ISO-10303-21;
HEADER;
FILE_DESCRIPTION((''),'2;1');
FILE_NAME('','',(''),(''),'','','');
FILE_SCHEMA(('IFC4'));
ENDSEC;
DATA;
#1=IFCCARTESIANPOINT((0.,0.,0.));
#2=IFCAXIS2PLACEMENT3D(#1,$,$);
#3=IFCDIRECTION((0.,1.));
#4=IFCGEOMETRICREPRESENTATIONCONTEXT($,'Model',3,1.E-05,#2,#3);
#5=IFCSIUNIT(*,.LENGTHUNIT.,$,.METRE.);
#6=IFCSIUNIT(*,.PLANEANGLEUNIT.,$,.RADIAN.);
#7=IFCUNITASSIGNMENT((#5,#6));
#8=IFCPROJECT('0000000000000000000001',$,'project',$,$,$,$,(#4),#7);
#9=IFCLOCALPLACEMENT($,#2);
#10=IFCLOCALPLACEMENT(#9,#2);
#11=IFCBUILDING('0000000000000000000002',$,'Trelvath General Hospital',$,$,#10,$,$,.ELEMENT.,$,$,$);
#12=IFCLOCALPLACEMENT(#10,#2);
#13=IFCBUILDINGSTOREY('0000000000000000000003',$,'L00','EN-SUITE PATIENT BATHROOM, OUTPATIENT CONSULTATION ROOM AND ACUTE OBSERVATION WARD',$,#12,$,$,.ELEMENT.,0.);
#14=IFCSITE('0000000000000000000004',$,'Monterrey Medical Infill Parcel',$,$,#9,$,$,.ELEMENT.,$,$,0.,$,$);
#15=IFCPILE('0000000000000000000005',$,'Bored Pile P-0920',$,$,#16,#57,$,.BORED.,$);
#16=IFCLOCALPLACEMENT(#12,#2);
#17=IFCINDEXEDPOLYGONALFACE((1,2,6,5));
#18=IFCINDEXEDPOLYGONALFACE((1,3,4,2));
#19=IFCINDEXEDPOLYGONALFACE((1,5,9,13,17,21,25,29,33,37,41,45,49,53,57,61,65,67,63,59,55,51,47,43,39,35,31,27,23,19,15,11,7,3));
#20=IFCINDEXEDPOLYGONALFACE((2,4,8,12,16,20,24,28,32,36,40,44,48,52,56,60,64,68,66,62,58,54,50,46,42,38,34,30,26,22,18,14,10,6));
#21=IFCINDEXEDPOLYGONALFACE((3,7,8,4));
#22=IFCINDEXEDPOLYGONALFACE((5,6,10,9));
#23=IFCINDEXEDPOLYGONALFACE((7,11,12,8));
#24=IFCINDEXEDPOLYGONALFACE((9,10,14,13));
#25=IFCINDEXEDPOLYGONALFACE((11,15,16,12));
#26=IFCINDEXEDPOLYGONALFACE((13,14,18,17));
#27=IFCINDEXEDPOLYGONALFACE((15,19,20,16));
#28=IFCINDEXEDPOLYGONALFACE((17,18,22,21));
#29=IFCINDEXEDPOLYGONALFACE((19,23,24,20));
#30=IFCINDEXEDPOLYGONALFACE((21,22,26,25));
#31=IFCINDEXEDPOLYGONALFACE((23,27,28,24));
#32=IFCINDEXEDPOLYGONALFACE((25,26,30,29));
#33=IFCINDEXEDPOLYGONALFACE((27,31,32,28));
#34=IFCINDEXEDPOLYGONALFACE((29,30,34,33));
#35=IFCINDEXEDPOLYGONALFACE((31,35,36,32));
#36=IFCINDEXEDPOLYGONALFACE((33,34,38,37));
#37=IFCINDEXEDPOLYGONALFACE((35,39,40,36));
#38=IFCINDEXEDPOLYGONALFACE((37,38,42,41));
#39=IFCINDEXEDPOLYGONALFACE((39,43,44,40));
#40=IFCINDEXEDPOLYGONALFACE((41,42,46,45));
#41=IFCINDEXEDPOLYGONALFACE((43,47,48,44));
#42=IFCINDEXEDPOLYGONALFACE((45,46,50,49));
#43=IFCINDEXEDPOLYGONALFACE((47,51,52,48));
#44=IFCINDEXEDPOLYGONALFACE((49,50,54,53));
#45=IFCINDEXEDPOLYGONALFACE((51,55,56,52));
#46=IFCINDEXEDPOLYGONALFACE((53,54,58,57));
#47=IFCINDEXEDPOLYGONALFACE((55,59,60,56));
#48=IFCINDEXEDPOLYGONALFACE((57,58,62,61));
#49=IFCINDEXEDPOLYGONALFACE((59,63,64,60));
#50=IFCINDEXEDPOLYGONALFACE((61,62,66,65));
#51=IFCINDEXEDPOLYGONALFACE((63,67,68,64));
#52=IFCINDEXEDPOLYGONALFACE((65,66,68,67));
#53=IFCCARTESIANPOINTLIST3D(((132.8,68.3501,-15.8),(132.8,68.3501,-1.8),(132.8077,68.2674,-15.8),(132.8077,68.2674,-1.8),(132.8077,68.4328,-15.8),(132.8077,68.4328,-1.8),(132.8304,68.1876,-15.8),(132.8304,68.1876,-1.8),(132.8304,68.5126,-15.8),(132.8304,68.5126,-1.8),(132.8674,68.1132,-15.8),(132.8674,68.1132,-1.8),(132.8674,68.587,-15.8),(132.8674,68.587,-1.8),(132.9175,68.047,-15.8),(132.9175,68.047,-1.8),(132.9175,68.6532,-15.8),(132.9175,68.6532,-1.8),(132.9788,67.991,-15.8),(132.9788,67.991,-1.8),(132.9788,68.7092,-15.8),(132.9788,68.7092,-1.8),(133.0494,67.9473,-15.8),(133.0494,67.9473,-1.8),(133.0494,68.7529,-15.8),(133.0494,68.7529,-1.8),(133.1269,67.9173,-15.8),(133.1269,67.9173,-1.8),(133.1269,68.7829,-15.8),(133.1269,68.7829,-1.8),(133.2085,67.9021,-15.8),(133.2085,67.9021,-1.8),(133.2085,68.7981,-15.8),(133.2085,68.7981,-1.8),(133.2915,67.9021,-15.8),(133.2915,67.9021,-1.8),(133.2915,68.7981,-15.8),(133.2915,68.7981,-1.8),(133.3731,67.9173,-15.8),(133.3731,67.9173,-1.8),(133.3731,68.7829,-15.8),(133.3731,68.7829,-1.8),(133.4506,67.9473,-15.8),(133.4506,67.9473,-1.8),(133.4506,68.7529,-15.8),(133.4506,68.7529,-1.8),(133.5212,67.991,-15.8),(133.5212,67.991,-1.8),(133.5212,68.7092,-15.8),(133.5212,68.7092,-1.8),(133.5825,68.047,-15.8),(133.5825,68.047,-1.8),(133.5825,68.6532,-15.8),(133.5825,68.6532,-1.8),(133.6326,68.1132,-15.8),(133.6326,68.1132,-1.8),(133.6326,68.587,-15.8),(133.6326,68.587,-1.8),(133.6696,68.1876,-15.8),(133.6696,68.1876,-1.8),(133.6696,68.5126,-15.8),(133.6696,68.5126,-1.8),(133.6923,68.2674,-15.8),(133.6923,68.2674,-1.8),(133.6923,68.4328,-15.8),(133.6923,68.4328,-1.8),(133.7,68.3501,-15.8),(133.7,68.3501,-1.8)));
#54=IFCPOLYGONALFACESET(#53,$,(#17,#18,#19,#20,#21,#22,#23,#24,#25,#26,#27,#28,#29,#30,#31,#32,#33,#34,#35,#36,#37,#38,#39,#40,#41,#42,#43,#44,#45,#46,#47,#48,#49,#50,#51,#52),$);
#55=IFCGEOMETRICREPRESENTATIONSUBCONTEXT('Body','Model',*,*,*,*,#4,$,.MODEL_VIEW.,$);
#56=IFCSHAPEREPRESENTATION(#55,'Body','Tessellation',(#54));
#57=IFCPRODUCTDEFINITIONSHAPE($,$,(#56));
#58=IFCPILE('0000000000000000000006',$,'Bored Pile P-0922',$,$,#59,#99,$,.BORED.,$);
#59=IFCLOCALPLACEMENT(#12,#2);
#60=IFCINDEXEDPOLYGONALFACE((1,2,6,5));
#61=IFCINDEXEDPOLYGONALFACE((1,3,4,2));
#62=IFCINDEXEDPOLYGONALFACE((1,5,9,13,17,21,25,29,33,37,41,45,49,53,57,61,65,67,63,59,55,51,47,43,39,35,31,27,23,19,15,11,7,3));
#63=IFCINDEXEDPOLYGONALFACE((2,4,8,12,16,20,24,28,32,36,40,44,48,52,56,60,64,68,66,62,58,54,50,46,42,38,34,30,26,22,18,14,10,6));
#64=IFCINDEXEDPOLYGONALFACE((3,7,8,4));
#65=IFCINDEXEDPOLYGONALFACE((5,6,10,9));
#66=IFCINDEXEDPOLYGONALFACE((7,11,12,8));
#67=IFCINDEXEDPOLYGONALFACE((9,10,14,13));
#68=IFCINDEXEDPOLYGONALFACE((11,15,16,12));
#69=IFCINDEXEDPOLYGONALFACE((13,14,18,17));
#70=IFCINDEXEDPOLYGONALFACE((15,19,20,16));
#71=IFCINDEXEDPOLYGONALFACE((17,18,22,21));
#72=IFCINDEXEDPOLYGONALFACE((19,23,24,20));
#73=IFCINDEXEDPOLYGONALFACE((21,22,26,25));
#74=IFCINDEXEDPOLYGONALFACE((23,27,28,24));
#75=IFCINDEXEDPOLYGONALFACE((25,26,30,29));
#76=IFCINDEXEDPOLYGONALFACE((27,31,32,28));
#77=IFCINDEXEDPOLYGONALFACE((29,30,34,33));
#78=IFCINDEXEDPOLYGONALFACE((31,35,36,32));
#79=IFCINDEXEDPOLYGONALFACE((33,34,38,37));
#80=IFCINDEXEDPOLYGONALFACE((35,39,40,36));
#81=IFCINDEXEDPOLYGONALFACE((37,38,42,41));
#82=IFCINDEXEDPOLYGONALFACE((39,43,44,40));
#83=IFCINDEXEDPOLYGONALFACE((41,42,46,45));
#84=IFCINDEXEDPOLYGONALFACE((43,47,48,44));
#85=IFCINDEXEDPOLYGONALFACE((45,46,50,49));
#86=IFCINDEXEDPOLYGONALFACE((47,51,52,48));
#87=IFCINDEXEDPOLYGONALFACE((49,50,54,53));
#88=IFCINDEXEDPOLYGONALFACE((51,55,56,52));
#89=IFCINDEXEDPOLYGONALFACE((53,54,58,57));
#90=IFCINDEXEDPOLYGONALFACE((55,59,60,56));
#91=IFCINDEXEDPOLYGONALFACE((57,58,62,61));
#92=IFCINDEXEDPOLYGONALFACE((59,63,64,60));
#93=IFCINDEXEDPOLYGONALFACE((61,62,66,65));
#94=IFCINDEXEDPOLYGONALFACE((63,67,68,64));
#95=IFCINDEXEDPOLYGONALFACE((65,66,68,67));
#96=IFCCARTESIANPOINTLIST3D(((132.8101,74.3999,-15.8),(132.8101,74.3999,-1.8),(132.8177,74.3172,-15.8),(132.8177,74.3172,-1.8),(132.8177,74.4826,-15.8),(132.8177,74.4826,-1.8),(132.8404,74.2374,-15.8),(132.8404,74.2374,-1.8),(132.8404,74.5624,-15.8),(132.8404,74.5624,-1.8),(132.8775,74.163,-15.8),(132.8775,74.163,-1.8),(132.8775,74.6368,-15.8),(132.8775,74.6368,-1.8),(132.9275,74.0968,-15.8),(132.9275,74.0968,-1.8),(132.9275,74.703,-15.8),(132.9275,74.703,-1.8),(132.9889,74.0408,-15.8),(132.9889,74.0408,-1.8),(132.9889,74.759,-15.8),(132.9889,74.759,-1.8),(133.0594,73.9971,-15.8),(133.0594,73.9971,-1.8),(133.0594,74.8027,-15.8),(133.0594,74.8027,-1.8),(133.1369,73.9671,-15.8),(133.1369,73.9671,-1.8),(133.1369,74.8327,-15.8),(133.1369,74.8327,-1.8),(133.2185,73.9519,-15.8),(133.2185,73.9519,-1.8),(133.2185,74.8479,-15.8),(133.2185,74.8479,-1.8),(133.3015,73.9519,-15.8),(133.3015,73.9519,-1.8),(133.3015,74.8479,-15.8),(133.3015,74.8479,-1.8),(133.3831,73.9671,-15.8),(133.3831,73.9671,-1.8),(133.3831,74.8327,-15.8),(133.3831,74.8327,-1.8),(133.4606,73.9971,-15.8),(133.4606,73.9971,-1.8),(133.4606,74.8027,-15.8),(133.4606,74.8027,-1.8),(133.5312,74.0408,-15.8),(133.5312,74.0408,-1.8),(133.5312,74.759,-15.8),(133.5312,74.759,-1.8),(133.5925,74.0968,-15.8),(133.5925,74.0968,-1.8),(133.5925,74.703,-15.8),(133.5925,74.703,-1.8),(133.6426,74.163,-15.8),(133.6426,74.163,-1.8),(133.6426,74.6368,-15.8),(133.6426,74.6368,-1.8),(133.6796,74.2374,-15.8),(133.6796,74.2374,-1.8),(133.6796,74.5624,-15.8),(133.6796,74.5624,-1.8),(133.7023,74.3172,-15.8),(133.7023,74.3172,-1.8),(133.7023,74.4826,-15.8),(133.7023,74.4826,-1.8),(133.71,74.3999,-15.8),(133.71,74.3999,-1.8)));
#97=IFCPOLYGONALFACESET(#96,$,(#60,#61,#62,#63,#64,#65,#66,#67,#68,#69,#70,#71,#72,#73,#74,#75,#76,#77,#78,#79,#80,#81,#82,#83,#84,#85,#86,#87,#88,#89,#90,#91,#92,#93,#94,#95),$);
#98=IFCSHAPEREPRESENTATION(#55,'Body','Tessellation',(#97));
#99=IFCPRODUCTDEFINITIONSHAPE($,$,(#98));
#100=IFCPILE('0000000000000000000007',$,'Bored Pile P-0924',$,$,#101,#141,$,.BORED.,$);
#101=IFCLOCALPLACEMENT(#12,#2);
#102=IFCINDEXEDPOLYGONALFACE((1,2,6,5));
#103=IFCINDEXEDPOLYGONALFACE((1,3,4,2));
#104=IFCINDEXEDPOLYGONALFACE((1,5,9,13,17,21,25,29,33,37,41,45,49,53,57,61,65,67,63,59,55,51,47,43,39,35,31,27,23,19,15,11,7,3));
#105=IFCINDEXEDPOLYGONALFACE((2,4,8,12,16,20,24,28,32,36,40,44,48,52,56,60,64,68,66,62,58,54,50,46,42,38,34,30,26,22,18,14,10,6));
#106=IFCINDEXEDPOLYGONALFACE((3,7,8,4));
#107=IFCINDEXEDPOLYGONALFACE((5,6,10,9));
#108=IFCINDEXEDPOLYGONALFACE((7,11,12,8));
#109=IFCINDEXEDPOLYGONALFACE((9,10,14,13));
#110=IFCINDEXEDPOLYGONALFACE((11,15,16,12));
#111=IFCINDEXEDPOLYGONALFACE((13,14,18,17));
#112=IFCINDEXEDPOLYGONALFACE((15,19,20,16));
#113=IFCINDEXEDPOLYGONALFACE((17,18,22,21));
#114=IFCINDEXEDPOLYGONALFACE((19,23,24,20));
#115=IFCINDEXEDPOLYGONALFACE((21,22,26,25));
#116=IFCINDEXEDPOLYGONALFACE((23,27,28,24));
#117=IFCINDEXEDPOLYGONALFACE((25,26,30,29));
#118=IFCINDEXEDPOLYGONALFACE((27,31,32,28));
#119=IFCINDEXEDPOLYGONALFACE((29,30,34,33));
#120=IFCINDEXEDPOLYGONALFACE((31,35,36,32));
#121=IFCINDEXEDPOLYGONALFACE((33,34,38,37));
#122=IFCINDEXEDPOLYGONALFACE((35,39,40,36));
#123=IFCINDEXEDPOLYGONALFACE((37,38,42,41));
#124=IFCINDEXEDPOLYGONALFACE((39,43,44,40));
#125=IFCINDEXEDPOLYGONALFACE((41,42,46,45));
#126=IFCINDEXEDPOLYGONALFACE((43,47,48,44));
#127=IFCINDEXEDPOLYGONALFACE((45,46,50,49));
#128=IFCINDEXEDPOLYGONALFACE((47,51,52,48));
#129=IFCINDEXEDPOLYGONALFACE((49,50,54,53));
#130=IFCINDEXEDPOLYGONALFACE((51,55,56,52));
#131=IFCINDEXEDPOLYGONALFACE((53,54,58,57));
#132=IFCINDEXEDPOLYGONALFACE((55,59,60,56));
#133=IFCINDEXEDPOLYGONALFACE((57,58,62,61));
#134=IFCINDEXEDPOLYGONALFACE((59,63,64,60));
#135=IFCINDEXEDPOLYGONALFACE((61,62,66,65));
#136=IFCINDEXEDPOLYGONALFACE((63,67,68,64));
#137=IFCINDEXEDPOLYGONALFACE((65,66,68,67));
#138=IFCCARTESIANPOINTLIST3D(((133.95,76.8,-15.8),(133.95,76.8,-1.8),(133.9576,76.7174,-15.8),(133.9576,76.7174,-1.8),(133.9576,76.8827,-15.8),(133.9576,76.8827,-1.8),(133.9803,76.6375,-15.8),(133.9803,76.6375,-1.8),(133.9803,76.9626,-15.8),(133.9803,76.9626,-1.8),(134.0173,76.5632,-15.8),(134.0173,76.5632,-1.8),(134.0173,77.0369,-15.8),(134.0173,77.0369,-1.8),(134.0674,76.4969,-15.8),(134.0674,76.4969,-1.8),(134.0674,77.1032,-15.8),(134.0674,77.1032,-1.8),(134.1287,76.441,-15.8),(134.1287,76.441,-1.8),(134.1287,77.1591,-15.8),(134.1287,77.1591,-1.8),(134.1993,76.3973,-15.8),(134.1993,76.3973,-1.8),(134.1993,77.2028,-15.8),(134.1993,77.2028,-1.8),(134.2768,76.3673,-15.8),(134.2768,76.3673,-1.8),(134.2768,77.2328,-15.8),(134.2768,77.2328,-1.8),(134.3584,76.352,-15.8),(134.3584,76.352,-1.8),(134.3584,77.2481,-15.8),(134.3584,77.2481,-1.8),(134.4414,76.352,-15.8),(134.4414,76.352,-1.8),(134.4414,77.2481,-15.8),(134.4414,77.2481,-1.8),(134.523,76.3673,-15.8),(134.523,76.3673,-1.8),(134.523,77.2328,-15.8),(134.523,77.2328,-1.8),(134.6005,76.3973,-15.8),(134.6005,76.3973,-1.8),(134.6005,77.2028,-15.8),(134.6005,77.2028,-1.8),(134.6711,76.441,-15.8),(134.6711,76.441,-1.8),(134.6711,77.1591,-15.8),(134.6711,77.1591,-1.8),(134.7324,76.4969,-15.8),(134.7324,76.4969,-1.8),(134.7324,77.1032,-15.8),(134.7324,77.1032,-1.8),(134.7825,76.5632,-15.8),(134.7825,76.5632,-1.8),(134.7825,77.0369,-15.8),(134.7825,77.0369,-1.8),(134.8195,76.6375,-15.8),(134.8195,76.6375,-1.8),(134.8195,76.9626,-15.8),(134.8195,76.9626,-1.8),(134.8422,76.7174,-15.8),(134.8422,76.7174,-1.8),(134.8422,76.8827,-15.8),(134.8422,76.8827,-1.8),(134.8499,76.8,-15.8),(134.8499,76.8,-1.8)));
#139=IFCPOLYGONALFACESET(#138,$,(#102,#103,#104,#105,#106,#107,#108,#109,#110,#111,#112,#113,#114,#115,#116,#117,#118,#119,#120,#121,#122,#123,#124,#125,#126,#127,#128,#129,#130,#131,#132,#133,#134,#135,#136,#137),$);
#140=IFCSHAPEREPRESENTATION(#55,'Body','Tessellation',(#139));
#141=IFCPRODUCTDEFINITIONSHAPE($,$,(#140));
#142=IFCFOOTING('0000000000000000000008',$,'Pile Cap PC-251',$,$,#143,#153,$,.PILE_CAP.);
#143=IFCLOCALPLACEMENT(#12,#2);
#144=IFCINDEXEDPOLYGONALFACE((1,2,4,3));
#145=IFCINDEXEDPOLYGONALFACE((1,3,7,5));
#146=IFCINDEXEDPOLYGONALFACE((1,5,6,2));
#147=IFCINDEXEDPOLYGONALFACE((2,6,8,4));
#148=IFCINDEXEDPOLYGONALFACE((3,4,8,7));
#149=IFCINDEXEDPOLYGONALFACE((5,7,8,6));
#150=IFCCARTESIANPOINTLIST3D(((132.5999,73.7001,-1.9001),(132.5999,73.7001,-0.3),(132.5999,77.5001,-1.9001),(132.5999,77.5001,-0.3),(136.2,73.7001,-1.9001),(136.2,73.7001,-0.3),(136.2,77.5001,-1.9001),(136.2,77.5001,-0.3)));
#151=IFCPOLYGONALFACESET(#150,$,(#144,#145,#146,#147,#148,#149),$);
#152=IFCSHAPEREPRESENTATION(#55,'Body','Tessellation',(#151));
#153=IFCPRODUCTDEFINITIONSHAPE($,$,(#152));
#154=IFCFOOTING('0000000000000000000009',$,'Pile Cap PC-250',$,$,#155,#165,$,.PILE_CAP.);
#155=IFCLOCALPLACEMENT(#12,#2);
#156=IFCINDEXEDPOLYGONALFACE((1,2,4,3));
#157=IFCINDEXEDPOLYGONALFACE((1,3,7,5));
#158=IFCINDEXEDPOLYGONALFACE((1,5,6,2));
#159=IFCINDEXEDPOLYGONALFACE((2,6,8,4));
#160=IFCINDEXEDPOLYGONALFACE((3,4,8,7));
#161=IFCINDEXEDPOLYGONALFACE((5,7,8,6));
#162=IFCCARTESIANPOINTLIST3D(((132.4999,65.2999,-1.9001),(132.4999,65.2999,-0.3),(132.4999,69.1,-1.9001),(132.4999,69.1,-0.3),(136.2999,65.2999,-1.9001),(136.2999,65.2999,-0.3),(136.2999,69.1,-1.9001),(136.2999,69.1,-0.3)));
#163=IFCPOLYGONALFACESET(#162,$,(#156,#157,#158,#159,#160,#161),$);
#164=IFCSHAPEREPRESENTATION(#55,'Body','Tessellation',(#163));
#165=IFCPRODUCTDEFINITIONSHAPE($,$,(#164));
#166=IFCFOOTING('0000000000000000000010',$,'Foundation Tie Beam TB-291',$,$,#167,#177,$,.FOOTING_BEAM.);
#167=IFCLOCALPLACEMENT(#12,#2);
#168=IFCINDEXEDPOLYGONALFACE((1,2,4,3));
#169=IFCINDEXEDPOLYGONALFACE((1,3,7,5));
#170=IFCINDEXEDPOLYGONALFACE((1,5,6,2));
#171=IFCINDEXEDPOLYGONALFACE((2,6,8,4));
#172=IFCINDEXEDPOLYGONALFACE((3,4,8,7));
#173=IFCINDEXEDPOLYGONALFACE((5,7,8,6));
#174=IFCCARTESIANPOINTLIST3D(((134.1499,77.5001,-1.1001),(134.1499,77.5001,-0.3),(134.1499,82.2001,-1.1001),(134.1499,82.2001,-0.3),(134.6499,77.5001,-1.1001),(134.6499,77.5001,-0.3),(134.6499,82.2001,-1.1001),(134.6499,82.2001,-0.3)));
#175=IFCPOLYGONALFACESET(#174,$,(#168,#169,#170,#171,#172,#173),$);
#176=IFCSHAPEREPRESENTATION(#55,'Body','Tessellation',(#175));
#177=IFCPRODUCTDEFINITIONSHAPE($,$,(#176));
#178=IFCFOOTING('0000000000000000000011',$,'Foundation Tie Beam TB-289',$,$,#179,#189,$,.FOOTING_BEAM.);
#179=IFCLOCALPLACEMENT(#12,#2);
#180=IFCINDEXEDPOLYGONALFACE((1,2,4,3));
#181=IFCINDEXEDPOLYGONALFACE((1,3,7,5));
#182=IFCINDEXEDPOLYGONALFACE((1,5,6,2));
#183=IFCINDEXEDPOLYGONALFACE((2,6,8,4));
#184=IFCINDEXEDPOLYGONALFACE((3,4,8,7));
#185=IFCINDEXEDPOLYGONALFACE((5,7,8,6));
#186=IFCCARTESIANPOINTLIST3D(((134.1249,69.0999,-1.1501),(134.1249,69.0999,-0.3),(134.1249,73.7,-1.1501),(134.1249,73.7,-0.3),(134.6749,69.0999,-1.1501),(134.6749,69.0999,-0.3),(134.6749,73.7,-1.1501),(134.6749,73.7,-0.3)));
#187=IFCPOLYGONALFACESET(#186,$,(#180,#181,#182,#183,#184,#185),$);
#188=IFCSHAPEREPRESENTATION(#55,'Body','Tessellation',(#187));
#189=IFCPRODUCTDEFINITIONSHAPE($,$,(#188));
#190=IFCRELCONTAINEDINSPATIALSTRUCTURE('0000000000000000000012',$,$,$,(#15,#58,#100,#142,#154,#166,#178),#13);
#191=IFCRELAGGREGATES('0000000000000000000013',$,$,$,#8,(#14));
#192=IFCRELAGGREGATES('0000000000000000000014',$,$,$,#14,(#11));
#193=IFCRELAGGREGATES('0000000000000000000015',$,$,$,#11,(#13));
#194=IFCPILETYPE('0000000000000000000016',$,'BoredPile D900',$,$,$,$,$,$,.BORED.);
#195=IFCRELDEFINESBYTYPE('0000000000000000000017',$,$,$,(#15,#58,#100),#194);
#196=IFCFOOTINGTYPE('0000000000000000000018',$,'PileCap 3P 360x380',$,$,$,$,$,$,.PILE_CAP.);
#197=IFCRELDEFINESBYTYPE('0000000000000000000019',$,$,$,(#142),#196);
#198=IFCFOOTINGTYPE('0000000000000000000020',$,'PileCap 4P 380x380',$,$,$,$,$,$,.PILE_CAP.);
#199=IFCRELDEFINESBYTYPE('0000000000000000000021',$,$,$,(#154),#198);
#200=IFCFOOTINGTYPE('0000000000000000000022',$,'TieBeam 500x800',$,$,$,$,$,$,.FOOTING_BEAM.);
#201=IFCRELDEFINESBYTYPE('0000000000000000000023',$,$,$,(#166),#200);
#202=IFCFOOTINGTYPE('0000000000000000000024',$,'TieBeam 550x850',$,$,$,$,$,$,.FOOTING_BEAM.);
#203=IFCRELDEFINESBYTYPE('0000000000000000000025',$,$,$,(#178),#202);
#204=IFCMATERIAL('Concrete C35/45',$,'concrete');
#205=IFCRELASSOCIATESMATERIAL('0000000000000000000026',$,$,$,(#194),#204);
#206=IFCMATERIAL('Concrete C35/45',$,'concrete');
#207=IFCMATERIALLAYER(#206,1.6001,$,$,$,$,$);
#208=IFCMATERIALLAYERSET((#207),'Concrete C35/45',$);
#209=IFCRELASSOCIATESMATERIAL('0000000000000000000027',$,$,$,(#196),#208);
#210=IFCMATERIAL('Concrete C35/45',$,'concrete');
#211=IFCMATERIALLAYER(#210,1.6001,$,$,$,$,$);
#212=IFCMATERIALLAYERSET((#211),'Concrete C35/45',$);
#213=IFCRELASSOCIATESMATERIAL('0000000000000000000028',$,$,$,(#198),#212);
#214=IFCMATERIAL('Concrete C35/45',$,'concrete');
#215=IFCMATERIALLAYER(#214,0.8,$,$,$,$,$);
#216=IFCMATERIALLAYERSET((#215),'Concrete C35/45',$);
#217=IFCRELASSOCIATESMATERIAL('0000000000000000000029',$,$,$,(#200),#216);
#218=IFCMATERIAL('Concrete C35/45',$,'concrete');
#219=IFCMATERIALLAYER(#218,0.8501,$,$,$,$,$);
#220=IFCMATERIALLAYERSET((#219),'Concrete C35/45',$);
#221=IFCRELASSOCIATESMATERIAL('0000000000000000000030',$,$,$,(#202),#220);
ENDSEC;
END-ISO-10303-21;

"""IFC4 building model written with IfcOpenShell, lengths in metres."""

from ifc_helpers import new_model, si_unit, direction, frame, origin, origin_2d, place, context, subcontext, project, spatial, rectangle, circle, extrude, material, layer, layer_set, material_profile, profile_set, type_object, element, save


model = new_model("IFC4")

# Units and contexts
model_context = context("Model", 3, precision=1e-05, world=origin(), true_north=direction((0.0, 1.0)))
body_context = subcontext(model_context, "Body", "Model", "MODEL_VIEW")
ifc_project = project(units=[si_unit("LENGTHUNIT", "METRE"), si_unit("PLANEANGLEUNIT", "RADIAN")], contexts=[model_context])

# Site, building, storey
site_placement = place(None, origin())
site = spatial("IfcSite", under=ifc_project, at=site_placement, Name="Monterrey Medical Infill Parcel", CompositionType="ELEMENT", RefElevation=0.0)
building_placement = place(site_placement, origin())
building = spatial("IfcBuilding", under=site, at=building_placement, Name="Trelvath General Hospital", CompositionType="ELEMENT")
storey_placement = place(building_placement, origin())
storey = spatial("IfcBuildingStorey", under=building, at=storey_placement, Name="L00", Description="EN-SUITE PATIENT BATHROOM, OUTPATIENT CONSULTATION ROOM AND ACUTE OBSERVATION WARD", CompositionType="ELEMENT", Elevation=0.0)

# Piles
ifc_material_1 = material(Name="Concrete C35/45", Category="concrete")
ifc_material_profile_1 = material_profile(ifc_material_1, circle(Radius=0.45, at=origin_2d()), Name="PILE900")
ifc_profile_set_1 = profile_set([ifc_material_profile_1], Name="Concrete C35/45")
pile_type = type_object("IfcPileType", Name="BoredPile D900", PredefinedType="BORED", material=ifc_profile_set_1)
for number, where, z_axis, x_axis, name in (
    (1, (133.25, 68.3501, -1.8), (0.0, 0.0, -1.0), (1.0, 0.0, 0.0), "Bored Pile P-0920"),
    (2, (133.26, 74.3999, -1.8), (0.0, 0.0, -1.0), (1.0, 0.0, 0.0), "Bored Pile P-0922"),
    (3, (134.3999, 76.8, -1.8), (0.0, 0.0, -1.0), (1.0, 0.0, 0.0), "Bored Pile P-0924"),
):
    element("IfcPile", number, at=place(storey_placement, frame(where, z_axis=z_axis, x_axis=x_axis)), inside=storey, type_object=pile_type, Name=name, PredefinedType="BORED", context=body_context, shape_type="SweptSolid", body=[
        extrude(circle(Radius=0.45, at=origin_2d()), origin(), (0.0, 0.0, 1.0), 14.0),
    ])

# Footings
ifc_material_2 = material(Name="Concrete C35/45", Category="concrete")
ifc_layer_1 = layer(ifc_material_2, 1.6001)
ifc_layer_set_1 = layer_set([ifc_layer_1], Name="Concrete C35/45")
footing_type_1 = type_object("IfcFootingType", Name="PileCap 3P 360x380", PredefinedType="PILE_CAP", material=ifc_layer_set_1)
footing_1_placement = place(storey_placement, frame((134.3999, 75.6001, -1.9001), z_axis=(0.0, 0.0, 1.0), x_axis=(1.0, 0.0, 0.0)))
element("IfcFooting", 4, at=footing_1_placement, inside=storey, type_object=footing_type_1, Name="Pile Cap PC-251", PredefinedType="PILE_CAP", context=body_context, shape_type="SweptSolid", body=[
    extrude(rectangle(XDim=3.6001, YDim=3.8, at=origin_2d()), origin(), (0.0, 0.0, 1.0), 1.6001),
])
ifc_material_3 = material(Name="Concrete C35/45", Category="concrete")
ifc_layer_2 = layer(ifc_material_3, 1.6001)
ifc_layer_set_2 = layer_set([ifc_layer_2], Name="Concrete C35/45")
footing_type_2 = type_object("IfcFootingType", Name="PileCap 4P 380x380", PredefinedType="PILE_CAP", material=ifc_layer_set_2)
footing_2_placement = place(storey_placement, frame((134.3999, 67.2, -1.9001), z_axis=(0.0, 0.0, 1.0), x_axis=(1.0, 0.0, 0.0)))
element("IfcFooting", 5, at=footing_2_placement, inside=storey, type_object=footing_type_2, Name="Pile Cap PC-250", PredefinedType="PILE_CAP", context=body_context, shape_type="SweptSolid", body=[
    extrude(rectangle(XDim=3.8, YDim=3.8, at=origin_2d()), origin(), (0.0, 0.0, 1.0), 1.6001),
])
ifc_material_4 = material(Name="Concrete C35/45", Category="concrete")
ifc_layer_3 = layer(ifc_material_4, 0.8)
ifc_layer_set_3 = layer_set([ifc_layer_3], Name="Concrete C35/45")
footing_type_3 = type_object("IfcFootingType", Name="TieBeam 500x800", PredefinedType="FOOTING_BEAM", material=ifc_layer_set_3)
footing_3_placement = place(storey_placement, frame((134.3999, 79.8501, -1.1001), z_axis=(0.0, 0.0, 1.0), x_axis=(1.0, 0.0, 0.0)))
element("IfcFooting", 6, at=footing_3_placement, inside=storey, type_object=footing_type_3, Name="Foundation Tie Beam TB-291", PredefinedType="FOOTING_BEAM", context=body_context, shape_type="SweptSolid", body=[
    extrude(rectangle(XDim=0.5, YDim=4.7, at=origin_2d()), origin(), (0.0, 0.0, 1.0), 0.8),
])
ifc_material_5 = material(Name="Concrete C35/45", Category="concrete")
ifc_layer_4 = layer(ifc_material_5, 0.8501)
ifc_layer_set_4 = layer_set([ifc_layer_4], Name="Concrete C35/45")
footing_type_4 = type_object("IfcFootingType", Name="TieBeam 550x850", PredefinedType="FOOTING_BEAM", material=ifc_layer_set_4)
footing_4_placement = place(storey_placement, frame((134.3999, 71.3999, -1.1501), z_axis=(0.0, 0.0, 1.0), x_axis=(1.0, 0.0, 0.0)))
element("IfcFooting", 7, at=footing_4_placement, inside=storey, type_object=footing_type_4, Name="Foundation Tie Beam TB-289", PredefinedType="FOOTING_BEAM", context=body_context, shape_type="SweptSolid", body=[
    extrude(rectangle(XDim=0.55, YDim=4.6001, at=origin_2d()), origin(), (0.0, 0.0, 1.0), 0.8501),
])

save(model, "model.ifc")
